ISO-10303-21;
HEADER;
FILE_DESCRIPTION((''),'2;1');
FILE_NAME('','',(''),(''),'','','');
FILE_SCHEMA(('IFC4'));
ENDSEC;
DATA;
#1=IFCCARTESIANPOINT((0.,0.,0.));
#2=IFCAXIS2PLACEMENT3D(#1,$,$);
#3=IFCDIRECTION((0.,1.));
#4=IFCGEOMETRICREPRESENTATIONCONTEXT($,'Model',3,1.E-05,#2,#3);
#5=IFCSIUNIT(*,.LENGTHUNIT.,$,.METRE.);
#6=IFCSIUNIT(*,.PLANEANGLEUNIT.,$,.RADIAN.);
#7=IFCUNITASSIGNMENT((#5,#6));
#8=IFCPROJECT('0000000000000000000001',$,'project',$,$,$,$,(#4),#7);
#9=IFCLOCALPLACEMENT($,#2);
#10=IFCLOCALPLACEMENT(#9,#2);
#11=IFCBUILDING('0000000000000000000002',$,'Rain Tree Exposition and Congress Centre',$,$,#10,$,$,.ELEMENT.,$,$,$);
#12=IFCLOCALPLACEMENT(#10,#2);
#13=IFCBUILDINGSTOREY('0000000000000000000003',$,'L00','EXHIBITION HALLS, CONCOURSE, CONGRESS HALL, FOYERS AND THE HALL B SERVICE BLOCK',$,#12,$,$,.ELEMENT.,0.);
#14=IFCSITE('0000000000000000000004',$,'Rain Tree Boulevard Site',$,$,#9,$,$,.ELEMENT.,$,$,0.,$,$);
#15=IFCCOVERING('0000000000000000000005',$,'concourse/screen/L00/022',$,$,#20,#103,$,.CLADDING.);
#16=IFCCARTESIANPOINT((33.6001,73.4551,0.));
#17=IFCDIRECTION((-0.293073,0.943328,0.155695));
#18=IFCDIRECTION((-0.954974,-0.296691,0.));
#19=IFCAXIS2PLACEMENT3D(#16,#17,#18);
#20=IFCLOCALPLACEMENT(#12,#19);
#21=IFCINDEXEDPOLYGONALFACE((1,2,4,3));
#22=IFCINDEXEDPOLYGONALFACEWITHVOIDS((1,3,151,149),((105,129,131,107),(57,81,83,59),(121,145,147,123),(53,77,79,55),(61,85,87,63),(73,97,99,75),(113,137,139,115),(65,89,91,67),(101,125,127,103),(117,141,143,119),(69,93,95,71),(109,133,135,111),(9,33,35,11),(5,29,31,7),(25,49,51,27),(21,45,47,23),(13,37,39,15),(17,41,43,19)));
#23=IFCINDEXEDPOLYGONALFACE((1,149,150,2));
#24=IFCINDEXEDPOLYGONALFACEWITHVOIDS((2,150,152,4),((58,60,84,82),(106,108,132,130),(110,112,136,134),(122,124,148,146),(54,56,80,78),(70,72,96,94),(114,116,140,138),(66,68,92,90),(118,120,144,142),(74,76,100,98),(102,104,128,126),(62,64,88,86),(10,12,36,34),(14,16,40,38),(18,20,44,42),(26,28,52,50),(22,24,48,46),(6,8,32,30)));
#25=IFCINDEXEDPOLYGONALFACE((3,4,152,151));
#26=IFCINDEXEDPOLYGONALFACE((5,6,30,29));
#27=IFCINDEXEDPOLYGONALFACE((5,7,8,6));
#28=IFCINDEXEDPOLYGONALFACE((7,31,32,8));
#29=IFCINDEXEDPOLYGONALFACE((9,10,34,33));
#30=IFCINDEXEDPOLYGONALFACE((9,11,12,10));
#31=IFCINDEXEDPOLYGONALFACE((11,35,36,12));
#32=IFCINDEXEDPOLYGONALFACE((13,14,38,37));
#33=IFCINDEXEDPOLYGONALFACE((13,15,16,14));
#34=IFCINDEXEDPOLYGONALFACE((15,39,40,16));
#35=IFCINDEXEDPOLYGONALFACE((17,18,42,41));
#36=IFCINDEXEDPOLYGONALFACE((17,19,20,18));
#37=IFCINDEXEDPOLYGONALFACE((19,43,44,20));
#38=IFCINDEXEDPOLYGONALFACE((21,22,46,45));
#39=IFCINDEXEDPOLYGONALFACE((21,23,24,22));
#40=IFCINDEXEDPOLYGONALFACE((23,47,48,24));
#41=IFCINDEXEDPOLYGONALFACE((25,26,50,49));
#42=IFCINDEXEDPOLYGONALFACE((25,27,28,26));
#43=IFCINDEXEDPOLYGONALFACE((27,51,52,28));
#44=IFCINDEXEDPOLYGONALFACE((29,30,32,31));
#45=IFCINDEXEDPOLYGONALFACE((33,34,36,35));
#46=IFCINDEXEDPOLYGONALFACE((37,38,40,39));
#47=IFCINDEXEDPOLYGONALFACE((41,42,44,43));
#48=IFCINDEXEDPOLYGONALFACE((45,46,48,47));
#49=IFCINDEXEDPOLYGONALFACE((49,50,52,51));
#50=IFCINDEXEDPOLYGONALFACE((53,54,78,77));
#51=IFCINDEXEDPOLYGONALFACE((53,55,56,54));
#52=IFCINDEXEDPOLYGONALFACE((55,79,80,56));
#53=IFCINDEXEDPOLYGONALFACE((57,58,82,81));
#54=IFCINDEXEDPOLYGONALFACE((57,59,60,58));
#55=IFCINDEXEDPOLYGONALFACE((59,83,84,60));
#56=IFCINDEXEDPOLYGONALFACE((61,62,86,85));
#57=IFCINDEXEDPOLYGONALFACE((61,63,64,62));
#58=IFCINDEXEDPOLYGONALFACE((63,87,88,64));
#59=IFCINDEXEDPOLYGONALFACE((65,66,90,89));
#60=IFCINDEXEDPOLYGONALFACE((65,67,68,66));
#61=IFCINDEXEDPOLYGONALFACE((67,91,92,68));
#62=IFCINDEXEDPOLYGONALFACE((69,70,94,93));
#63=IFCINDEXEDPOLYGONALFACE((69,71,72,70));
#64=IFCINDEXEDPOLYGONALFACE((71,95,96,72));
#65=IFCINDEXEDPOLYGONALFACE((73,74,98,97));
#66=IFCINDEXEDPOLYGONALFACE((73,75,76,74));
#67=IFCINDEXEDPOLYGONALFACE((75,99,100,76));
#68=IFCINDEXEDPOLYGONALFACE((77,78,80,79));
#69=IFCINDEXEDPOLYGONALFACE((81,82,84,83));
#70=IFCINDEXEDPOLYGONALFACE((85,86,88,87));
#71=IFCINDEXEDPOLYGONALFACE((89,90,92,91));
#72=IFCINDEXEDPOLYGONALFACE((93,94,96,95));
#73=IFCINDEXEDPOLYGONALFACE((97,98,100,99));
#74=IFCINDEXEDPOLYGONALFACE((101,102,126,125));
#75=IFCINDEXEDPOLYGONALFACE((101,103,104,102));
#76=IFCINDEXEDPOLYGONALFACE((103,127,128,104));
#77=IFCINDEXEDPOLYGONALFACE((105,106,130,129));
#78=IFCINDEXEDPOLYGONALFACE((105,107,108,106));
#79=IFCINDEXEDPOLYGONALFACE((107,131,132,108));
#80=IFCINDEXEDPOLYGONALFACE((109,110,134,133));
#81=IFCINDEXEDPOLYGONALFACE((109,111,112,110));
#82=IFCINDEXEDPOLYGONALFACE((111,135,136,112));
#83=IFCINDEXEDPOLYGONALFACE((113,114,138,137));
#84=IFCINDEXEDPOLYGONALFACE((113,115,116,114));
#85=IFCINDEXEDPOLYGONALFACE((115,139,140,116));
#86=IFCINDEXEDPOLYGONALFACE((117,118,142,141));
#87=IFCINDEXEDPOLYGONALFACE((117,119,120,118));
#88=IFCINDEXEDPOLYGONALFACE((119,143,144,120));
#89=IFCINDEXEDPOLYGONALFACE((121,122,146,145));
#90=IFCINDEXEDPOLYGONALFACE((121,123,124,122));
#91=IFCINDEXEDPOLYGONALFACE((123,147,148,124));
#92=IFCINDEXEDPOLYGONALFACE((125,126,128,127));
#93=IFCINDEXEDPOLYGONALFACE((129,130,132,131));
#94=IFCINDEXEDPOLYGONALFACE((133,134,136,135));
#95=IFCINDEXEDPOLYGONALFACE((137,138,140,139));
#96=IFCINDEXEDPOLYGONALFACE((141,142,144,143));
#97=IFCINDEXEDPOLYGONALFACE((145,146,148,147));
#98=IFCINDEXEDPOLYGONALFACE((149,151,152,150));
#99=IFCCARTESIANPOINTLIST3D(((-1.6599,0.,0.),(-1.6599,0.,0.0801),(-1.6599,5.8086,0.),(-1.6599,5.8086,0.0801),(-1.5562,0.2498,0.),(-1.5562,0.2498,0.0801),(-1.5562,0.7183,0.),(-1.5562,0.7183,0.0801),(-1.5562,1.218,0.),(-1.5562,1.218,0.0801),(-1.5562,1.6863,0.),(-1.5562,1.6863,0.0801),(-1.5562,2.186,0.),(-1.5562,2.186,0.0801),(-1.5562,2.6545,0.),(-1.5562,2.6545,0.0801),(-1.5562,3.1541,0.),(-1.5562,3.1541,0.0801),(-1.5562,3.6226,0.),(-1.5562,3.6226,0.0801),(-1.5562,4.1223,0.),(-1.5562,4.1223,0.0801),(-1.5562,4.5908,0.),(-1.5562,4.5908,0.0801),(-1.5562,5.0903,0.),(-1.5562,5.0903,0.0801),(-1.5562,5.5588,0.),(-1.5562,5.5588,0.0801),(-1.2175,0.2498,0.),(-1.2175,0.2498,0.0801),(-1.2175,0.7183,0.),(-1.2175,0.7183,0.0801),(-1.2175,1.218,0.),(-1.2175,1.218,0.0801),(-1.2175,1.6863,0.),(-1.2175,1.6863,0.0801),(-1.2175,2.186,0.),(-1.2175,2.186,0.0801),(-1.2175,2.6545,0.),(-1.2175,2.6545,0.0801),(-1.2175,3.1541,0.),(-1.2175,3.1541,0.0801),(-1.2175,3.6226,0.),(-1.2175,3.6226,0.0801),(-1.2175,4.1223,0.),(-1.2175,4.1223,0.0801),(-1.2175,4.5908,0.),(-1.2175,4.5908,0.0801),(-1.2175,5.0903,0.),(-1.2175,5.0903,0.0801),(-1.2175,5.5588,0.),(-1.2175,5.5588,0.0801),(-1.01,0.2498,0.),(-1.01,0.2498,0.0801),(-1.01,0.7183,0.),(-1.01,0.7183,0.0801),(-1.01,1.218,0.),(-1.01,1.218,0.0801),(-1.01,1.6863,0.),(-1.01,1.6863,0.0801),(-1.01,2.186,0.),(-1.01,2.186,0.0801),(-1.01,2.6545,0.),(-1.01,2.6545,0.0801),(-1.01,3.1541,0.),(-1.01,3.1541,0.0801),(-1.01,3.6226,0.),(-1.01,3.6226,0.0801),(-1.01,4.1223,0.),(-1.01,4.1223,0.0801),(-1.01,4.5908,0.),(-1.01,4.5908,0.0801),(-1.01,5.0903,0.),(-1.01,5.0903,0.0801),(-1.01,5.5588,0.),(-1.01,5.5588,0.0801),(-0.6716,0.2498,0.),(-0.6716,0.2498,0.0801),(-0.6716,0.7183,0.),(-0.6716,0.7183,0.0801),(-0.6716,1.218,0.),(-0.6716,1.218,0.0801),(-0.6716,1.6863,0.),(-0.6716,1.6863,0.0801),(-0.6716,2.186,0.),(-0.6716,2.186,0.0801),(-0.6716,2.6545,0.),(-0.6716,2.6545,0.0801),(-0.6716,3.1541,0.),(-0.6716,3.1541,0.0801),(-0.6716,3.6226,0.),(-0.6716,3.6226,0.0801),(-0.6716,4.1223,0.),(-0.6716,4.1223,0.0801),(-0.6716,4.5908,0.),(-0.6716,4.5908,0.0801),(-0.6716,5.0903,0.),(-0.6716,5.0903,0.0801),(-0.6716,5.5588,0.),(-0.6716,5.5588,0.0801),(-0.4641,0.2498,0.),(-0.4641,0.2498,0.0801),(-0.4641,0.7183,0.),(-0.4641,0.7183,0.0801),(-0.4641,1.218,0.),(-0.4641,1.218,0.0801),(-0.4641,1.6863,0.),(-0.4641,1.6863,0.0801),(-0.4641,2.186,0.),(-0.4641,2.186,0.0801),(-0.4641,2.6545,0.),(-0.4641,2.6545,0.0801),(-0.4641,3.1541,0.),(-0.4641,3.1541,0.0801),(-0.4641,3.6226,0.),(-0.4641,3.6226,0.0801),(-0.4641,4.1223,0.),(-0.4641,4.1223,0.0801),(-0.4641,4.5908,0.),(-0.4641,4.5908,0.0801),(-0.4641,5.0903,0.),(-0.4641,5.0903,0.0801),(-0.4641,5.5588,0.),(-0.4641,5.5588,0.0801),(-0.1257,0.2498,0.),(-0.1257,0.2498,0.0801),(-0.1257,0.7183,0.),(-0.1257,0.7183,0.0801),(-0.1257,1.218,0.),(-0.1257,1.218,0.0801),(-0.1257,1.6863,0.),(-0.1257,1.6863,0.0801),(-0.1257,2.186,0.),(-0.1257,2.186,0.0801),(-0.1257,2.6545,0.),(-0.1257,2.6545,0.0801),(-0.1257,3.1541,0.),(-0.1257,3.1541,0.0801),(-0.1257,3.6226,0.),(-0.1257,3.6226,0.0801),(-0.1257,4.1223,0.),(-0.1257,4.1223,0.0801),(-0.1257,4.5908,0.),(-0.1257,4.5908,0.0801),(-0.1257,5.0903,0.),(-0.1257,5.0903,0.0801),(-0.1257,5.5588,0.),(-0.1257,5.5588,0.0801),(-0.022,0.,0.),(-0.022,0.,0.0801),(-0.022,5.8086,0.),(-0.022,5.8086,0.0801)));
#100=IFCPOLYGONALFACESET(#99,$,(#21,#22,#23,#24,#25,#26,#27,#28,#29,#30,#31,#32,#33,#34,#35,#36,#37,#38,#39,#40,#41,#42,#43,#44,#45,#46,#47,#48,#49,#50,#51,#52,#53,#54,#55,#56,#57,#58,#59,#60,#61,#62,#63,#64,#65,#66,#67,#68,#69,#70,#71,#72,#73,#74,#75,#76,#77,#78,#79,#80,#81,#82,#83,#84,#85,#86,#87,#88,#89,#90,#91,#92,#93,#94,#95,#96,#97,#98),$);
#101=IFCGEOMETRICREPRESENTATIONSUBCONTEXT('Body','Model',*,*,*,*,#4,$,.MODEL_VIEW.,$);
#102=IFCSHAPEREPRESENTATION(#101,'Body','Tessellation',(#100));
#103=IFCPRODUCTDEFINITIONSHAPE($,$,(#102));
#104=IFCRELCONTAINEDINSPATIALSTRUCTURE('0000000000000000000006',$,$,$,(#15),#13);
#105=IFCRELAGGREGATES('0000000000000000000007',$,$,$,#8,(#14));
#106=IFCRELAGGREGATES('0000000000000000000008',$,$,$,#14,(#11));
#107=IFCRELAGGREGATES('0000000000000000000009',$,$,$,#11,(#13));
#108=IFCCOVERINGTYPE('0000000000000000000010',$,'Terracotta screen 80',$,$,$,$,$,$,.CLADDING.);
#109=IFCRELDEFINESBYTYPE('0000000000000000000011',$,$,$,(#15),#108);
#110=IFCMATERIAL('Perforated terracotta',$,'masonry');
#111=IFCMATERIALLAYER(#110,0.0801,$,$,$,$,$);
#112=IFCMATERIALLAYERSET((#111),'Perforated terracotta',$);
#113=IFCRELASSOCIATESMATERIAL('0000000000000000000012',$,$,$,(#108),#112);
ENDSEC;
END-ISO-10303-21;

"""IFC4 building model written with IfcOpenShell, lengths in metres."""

from ifc_helpers import new_model, si_unit, direction, frame, origin, place, context, subcontext, project, spatial, polyline, outline, extrude, material, layer, layer_set, type_object, element, save


model = new_model("IFC4")

# Units and contexts
model_context = context("Model", 3, precision=1e-05, world=origin(), true_north=direction((0.0, 1.0)))
body_context = subcontext(model_context, "Body", "Model", "MODEL_VIEW")
ifc_project = project(units=[si_unit("LENGTHUNIT", "METRE"), si_unit("PLANEANGLEUNIT", "RADIAN")], contexts=[model_context])

# Site, building, storey
site_placement = place(None, origin())
site = spatial("IfcSite", under=ifc_project, at=site_placement, Name="Rain Tree Boulevard Site", CompositionType="ELEMENT", RefElevation=0.0)
building_placement = place(site_placement, origin())
building = spatial("IfcBuilding", under=site, at=building_placement, Name="Rain Tree Exposition and Congress Centre", CompositionType="ELEMENT")
storey_placement = place(building_placement, origin())
storey = spatial("IfcBuildingStorey", under=building, at=storey_placement, Name="L00", Description="EXHIBITION HALLS, CONCOURSE, CONGRESS HALL, FOYERS AND THE HALL B SERVICE BLOCK", CompositionType="ELEMENT", Elevation=0.0)

# Covering
ifc_material_1 = material(Name="Perforated terracotta", Category="masonry")
ifc_layer_1 = layer(ifc_material_1, 0.0801)
ifc_layer_set_1 = layer_set([ifc_layer_1], Name="Perforated terracotta")
covering_type = type_object("IfcCoveringType", Name="Terracotta screen 80", PredefinedType="CLADDING", material=ifc_layer_set_1)
covering_1_placement = place(storey_placement, frame((33.6001, 73.4551, 0.0), z_axis=(-0.293073, 0.943328, 0.155695), x_axis=(-0.954974, -0.296691, 0.0)))
element("IfcCovering", 1, at=covering_1_placement, inside=storey, type_object=covering_type, Name="concourse/screen/L00/022", PredefinedType="CLADDING", context=body_context, shape_type="SweptSolid", body=[
    extrude(outline(polyline([(-0.022, 0.0), (-1.6599, 0.0), (-1.6599, 5.8086), (-0.022, 5.8086), (-0.022, 0.0)]), holes=[polyline([(-0.1257, 0.2498), (-0.1257, 0.7183), (-0.4641, 0.7183), (-0.4641, 0.2498), (-0.1257, 0.2498)]), polyline([(-0.1257, 1.218), (-0.1257, 1.6863), (-0.4641, 1.6863), (-0.4641, 1.218), (-0.1257, 1.218)]), polyline([(-0.1257, 2.186), (-0.1257, 2.6545), (-0.4641, 2.6545), (-0.4641, 2.186), (-0.1257, 2.186)]), polyline([(-0.1257, 3.1541), (-0.1257, 3.6226), (-0.4641, 3.6226), (-0.4641, 3.1541), (-0.1257, 3.1541)]), polyline([(-0.1257, 4.1223), (-0.1257, 4.5908), (-0.4641, 4.5908), (-0.4641, 4.1223), (-0.1257, 4.1223)]), polyline([(-0.1257, 5.0903), (-0.1257, 5.5588), (-0.4641, 5.5588), (-0.4641, 5.0903), (-0.1257, 5.0903)]), polyline([(-0.6716, 0.2498), (-0.6716, 0.7183), (-1.01, 0.7183), (-1.01, 0.2498), (-0.6716, 0.2498)]), polyline([(-0.6716, 1.218), (-0.6716, 1.6863), (-1.01, 1.6863), (-1.01, 1.218), (-0.6716, 1.218)]), polyline([(-0.6716, 2.186), (-0.6716, 2.6545), (-1.01, 2.6545), (-1.01, 2.186), (-0.6716, 2.186)]), polyline([(-0.6716, 3.1541), (-0.6716, 3.6226), (-1.01, 3.6226), (-1.01, 3.1541), (-0.6716, 3.1541)]), polyline([(-0.6716, 4.1223), (-0.6716, 4.5908), (-1.01, 4.5908), (-1.01, 4.1223), (-0.6716, 4.1223)]), polyline([(-0.6716, 5.0903), (-0.6716, 5.5588), (-1.01, 5.5588), (-1.01, 5.0903), (-0.6716, 5.0903)]), polyline([(-1.2175, 0.2498), (-1.2175, 0.7183), (-1.5562, 0.7183), (-1.5562, 0.2498), (-1.2175, 0.2498)]), polyline([(-1.2175, 1.218), (-1.2175, 1.6863), (-1.5562, 1.6863), (-1.5562, 1.218), (-1.2175, 1.218)]), polyline([(-1.2175, 2.186), (-1.2175, 2.6545), (-1.5562, 2.6545), (-1.5562, 2.186), (-1.2175, 2.186)]), polyline([(-1.2175, 3.1541), (-1.2175, 3.6226), (-1.5562, 3.6226), (-1.5562, 3.1541), (-1.2175, 3.1541)]), polyline([(-1.2175, 4.1223), (-1.2175, 4.5908), (-1.5562, 4.5908), (-1.5562, 4.1223), (-1.2175, 4.1223)]), polyline([(-1.2175, 5.0903), (-1.2175, 5.5588), (-1.5562, 5.5588), (-1.5562, 5.0903), (-1.2175, 5.0903)])]), origin(), (0.0, 0.0, 1.0), 0.0801),
])

save(model, "model.ifc")
